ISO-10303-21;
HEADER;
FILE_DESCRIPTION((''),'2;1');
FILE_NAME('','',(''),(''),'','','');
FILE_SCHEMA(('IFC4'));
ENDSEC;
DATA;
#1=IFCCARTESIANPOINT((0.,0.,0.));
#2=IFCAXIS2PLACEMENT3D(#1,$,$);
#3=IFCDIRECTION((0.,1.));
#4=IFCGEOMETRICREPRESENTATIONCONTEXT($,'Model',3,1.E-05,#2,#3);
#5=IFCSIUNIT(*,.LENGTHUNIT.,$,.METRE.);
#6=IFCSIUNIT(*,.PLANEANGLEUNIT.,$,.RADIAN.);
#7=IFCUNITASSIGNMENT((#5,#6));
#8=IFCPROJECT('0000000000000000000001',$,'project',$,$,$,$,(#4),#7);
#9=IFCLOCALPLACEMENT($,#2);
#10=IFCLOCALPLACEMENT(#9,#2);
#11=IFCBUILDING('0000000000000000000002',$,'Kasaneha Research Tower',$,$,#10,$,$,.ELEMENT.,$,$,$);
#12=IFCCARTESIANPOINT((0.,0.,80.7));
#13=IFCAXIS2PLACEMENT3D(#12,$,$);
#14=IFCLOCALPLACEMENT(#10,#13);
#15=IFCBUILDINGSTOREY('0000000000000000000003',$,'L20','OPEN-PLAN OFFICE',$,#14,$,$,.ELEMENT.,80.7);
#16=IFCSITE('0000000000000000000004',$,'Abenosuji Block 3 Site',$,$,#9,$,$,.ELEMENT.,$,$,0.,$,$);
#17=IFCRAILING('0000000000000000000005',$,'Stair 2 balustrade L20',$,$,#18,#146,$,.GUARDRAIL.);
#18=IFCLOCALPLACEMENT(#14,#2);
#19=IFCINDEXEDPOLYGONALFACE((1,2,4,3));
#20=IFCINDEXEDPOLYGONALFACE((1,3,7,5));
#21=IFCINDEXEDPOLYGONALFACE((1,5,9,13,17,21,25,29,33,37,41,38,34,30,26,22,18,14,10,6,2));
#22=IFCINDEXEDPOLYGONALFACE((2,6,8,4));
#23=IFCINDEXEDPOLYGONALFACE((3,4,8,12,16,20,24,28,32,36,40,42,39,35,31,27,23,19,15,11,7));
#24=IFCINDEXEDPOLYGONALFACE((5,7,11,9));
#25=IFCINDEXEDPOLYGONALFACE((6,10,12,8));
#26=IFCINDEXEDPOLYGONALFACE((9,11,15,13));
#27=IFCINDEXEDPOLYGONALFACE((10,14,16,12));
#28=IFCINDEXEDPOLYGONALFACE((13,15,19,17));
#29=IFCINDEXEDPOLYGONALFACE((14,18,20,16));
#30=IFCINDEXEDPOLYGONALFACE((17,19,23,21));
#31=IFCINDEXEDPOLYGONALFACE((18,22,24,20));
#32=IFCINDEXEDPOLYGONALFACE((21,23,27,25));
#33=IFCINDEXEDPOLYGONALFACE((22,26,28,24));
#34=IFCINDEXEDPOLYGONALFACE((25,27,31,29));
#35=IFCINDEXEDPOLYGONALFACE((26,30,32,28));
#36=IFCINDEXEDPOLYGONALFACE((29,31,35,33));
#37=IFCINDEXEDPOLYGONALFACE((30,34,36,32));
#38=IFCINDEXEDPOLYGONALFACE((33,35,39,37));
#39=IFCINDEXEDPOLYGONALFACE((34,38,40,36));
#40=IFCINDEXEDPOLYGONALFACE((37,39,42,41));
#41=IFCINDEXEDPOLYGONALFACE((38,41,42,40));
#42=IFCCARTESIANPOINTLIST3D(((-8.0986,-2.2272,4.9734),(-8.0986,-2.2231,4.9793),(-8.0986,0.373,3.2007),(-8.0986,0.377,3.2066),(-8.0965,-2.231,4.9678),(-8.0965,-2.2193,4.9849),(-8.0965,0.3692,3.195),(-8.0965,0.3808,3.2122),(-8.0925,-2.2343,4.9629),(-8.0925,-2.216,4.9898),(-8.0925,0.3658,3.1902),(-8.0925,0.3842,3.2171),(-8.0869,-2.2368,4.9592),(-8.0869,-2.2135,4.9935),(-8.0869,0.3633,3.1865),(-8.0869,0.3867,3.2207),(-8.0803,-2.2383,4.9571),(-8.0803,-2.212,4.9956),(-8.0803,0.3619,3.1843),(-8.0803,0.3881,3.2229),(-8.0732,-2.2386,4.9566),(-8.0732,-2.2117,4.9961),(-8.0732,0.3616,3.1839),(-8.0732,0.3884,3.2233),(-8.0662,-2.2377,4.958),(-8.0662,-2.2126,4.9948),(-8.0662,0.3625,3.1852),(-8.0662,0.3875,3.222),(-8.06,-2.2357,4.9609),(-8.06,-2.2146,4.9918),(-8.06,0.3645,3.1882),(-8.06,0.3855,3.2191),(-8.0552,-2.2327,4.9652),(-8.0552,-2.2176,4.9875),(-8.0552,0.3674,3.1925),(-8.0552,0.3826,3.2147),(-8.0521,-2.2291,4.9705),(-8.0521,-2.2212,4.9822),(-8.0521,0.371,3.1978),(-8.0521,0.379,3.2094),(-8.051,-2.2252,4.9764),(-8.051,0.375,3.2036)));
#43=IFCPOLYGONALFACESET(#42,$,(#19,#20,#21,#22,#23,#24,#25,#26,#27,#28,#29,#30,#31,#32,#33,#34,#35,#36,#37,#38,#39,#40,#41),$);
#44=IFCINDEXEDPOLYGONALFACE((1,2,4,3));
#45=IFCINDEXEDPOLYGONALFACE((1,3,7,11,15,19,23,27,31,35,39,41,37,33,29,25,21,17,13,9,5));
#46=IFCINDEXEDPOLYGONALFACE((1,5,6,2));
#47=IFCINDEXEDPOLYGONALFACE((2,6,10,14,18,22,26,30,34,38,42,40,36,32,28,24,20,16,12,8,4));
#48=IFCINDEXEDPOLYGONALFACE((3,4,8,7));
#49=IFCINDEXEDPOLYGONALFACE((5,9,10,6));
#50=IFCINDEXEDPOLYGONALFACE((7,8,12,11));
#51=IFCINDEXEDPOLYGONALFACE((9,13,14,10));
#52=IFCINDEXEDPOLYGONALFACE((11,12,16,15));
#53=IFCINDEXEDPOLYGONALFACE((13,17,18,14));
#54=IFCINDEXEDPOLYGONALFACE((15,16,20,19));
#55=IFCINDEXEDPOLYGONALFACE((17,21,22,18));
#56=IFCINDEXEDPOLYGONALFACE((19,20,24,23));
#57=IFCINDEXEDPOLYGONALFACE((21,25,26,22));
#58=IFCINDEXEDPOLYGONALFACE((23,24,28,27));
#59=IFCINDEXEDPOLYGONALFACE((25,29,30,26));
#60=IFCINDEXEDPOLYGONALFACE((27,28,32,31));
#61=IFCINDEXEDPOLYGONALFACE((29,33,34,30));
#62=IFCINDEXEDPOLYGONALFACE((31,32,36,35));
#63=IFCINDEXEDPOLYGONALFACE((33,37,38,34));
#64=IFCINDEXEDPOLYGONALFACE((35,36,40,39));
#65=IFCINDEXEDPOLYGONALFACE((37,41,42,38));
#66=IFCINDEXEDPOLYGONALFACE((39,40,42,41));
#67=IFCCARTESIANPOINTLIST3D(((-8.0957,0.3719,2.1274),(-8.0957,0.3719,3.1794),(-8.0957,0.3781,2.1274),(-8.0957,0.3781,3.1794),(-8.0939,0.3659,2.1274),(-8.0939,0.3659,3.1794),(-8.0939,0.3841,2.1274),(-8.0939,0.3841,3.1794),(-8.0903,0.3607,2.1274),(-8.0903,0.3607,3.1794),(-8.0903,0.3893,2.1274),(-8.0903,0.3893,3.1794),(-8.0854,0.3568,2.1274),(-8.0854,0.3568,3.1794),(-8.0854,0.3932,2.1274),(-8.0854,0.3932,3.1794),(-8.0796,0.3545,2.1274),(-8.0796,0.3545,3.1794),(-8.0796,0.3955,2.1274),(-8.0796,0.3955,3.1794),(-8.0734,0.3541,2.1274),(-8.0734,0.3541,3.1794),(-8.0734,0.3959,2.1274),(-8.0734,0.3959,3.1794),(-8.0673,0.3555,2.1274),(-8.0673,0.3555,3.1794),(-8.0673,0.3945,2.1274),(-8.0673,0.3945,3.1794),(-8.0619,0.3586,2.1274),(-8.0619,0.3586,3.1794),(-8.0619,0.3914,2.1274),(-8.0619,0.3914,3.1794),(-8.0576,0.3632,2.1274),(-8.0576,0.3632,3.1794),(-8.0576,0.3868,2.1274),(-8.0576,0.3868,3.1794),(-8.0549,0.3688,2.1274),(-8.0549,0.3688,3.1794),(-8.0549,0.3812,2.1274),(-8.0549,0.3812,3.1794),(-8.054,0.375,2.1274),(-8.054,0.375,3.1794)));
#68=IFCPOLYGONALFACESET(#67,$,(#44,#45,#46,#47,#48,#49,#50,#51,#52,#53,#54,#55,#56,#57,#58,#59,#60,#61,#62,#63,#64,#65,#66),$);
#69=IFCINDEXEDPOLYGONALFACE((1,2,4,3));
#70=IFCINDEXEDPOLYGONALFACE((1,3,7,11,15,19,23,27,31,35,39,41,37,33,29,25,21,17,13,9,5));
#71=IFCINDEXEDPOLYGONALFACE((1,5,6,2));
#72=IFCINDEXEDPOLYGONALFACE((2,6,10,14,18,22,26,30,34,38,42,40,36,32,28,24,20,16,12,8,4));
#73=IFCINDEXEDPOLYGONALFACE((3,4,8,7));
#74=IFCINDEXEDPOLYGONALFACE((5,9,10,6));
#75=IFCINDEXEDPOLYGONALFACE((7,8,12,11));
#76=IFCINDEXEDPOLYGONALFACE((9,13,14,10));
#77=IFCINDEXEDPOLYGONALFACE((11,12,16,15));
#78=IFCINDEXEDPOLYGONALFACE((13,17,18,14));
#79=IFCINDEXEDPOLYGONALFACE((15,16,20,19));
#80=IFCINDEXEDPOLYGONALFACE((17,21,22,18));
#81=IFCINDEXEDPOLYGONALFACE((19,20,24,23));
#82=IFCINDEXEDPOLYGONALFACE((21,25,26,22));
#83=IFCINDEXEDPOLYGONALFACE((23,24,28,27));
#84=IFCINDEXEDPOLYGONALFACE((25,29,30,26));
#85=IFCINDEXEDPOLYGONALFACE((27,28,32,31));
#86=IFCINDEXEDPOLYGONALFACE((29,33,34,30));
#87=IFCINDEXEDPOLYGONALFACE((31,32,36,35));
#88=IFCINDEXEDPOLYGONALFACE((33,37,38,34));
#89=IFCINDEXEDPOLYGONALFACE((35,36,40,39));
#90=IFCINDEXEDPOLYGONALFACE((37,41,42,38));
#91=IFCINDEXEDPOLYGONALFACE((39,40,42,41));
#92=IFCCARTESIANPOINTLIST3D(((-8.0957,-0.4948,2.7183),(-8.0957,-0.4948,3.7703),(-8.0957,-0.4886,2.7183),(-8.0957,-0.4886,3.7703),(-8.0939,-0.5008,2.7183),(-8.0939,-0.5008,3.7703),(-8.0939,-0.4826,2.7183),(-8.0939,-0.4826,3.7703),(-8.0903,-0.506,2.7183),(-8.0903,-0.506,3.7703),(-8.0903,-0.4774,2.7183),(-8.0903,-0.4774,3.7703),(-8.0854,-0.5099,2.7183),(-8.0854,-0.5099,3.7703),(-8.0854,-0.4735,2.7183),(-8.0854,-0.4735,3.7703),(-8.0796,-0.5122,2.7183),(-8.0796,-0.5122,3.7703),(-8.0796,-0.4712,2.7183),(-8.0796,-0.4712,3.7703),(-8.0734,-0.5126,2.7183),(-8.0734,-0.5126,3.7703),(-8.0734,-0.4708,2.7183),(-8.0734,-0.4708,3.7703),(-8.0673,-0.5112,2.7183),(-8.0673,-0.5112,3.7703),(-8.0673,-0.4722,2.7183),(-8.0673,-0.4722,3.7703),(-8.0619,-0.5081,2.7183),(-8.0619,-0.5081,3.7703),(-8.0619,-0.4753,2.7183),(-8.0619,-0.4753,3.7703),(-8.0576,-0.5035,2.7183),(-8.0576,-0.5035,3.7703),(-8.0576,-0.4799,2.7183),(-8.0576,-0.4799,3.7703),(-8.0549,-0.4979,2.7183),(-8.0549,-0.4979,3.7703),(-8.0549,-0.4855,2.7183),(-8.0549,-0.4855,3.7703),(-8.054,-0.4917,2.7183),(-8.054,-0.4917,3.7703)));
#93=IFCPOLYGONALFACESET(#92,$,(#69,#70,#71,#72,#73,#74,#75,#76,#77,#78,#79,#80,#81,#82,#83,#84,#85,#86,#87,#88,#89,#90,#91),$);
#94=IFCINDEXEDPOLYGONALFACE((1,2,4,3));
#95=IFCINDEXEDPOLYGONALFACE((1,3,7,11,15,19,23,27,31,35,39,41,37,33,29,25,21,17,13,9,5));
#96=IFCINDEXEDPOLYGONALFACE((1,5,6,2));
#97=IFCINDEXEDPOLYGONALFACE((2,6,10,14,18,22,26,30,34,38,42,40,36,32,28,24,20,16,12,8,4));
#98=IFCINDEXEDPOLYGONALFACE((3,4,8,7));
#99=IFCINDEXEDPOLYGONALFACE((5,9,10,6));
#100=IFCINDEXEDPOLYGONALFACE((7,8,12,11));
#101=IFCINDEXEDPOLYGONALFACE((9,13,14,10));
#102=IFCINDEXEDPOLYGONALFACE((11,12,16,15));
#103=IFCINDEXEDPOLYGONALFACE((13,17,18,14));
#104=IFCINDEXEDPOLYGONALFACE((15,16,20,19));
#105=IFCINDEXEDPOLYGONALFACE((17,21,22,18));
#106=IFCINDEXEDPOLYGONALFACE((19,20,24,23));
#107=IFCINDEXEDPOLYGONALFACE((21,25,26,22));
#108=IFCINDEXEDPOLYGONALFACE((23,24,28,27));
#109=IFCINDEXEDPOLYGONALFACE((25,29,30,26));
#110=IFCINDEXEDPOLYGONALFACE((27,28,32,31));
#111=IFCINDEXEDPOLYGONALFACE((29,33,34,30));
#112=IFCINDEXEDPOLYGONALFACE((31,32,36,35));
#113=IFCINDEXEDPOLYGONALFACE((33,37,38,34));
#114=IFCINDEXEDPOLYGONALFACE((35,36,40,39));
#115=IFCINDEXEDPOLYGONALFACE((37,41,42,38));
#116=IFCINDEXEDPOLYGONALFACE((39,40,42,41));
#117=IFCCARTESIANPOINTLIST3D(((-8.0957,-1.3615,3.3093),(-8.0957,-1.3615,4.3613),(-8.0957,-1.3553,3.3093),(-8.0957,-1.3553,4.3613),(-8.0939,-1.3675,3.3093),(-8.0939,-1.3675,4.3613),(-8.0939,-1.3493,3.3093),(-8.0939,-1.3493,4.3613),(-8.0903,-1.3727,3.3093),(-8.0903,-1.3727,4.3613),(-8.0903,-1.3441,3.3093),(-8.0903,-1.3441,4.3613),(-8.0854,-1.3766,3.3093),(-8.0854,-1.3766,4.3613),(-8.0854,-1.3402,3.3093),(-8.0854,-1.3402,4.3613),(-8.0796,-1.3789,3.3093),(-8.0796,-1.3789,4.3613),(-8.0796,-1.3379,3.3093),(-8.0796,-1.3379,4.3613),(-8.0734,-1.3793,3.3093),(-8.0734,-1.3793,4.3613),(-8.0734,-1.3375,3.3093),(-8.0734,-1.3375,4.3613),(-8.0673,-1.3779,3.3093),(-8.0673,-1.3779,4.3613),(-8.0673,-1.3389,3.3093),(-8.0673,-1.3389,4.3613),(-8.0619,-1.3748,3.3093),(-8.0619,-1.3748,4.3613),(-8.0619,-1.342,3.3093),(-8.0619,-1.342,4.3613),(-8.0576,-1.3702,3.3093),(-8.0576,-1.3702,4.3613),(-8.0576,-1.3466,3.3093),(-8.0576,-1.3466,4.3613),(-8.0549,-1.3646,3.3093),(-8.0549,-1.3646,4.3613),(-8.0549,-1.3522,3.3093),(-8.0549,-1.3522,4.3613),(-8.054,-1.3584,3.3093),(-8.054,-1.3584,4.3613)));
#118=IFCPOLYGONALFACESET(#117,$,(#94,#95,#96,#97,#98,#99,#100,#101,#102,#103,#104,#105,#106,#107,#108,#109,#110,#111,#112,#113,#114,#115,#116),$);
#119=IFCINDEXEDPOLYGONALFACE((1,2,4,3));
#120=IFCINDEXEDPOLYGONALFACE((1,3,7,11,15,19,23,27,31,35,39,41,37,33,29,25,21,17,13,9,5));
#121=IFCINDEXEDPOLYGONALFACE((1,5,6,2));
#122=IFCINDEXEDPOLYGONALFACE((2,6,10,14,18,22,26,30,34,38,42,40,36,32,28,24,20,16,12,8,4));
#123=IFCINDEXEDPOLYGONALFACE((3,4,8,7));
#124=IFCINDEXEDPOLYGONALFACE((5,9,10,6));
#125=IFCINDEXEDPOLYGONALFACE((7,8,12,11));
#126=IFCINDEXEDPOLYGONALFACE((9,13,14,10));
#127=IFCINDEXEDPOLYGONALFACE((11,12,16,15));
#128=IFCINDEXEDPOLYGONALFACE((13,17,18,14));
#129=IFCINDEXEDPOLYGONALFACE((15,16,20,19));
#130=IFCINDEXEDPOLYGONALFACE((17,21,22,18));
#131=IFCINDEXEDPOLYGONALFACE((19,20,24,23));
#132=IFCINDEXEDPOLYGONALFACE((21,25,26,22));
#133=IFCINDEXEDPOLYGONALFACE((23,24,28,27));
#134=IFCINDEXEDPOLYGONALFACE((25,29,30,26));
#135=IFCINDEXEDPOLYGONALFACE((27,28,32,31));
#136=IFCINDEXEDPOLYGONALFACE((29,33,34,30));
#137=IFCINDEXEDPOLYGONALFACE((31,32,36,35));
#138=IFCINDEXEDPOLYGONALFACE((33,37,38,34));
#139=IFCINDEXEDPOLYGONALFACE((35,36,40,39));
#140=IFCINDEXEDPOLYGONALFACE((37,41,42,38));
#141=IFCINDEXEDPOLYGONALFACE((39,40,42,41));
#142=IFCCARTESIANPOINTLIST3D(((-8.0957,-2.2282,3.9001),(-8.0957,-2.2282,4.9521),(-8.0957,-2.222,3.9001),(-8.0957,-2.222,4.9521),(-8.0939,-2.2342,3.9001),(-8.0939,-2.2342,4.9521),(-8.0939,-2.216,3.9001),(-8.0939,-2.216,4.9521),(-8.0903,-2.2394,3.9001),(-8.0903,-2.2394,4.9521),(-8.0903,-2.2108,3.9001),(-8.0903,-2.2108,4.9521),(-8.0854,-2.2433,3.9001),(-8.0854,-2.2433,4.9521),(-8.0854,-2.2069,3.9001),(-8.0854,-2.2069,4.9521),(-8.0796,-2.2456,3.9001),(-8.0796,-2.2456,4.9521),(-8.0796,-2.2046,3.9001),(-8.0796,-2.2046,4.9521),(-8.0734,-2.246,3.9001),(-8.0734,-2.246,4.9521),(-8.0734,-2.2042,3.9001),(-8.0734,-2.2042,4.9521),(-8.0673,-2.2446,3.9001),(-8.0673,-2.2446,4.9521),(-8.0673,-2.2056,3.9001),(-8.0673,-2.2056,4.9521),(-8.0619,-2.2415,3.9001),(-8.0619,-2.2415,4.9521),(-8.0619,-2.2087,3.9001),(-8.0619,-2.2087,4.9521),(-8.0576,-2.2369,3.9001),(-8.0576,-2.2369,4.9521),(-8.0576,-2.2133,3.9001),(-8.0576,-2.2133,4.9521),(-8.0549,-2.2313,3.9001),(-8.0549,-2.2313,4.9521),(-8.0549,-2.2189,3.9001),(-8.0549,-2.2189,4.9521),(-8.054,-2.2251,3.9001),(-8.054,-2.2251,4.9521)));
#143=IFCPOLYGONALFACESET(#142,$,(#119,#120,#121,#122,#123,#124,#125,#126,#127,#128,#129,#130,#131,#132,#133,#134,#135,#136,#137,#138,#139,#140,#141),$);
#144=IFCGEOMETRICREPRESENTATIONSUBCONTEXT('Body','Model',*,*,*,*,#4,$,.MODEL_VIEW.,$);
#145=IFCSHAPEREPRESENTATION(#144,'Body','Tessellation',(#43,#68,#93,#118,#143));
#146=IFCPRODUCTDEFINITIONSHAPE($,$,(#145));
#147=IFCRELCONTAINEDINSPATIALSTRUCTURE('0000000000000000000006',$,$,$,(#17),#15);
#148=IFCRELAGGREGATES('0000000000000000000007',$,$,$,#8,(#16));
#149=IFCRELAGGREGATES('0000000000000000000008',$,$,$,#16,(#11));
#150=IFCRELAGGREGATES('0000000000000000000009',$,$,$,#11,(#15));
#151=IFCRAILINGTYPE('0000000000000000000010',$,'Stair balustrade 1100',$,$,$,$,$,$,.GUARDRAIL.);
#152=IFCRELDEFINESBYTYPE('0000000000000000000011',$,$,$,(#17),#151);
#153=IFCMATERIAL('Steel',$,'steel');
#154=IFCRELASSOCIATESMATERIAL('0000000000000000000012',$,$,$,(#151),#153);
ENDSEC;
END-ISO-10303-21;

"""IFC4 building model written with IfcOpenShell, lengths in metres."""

from ifc_helpers import new_model, si_unit, direction, frame, origin, origin_2d, place, context, subcontext, project, spatial, circle, extrude, material, type_object, element, save


model = new_model("IFC4")

# Units and contexts
model_context = context("Model", 3, precision=1e-05, world=origin(), true_north=direction((0.0, 1.0)))
body_context = subcontext(model_context, "Body", "Model", "MODEL_VIEW")
ifc_project = project(units=[si_unit("LENGTHUNIT", "METRE"), si_unit("PLANEANGLEUNIT", "RADIAN")], contexts=[model_context])

# Site, building, storey
site_placement = place(None, origin())
site = spatial("IfcSite", under=ifc_project, at=site_placement, Name="Abenosuji Block 3 Site", CompositionType="ELEMENT", RefElevation=0.0)
building_placement = place(site_placement, origin())
building = spatial("IfcBuilding", under=site, at=building_placement, Name="Kasaneha Research Tower", CompositionType="ELEMENT")
storey_placement = place(building_placement, frame((0.0, 0.0, 80.7)))
storey = spatial("IfcBuildingStorey", under=building, at=storey_placement, Name="L20", Description="OPEN-PLAN OFFICE", CompositionType="ELEMENT", Elevation=80.7)

# Railing
ifc_material_1 = material(Name="Steel", Category="steel")
railing_type_1 = type_object("IfcRailingType", Name="Stair balustrade 1100", PredefinedType="GUARDRAIL", material=ifc_material_1)
railing_1_placement = place(storey_placement, frame((-8.075, 0.375, 2.1274)))
element("IfcRailing", 1, at=railing_1_placement, inside=storey, type_object=railing_type_1, Name="Stair 2 balustrade L20", PredefinedType="GUARDRAIL", context=body_context, shape_type="SweptSolid", body=[
    extrude(circle(Radius=0.0239, at=origin_2d()), frame((0.0, 0.0, 1.0762), z_axis=(0.0, -0.82624, 0.563318), x_axis=(1.0, 0.0, 0.0)), (0.0, 0.0, 1.0), 3.147),
    extrude(circle(Radius=0.021, at=origin_2d()), origin(), (0.0, 0.0, 1.0), 1.052),
    extrude(circle(Radius=0.021, at=origin_2d()), frame((0.0, -0.8667, 0.5908)), (0.0, 0.0, 1.0), 1.052),
    extrude(circle(Radius=0.021, at=origin_2d()), frame((0.0, -1.7334, 1.1819)), (0.0, 0.0, 1.0), 1.052),
    extrude(circle(Radius=0.021, at=origin_2d()), frame((0.0, -2.6001, 1.7727)), (0.0, 0.0, 1.0), 1.052),
])

save(model, "model.ifc")
